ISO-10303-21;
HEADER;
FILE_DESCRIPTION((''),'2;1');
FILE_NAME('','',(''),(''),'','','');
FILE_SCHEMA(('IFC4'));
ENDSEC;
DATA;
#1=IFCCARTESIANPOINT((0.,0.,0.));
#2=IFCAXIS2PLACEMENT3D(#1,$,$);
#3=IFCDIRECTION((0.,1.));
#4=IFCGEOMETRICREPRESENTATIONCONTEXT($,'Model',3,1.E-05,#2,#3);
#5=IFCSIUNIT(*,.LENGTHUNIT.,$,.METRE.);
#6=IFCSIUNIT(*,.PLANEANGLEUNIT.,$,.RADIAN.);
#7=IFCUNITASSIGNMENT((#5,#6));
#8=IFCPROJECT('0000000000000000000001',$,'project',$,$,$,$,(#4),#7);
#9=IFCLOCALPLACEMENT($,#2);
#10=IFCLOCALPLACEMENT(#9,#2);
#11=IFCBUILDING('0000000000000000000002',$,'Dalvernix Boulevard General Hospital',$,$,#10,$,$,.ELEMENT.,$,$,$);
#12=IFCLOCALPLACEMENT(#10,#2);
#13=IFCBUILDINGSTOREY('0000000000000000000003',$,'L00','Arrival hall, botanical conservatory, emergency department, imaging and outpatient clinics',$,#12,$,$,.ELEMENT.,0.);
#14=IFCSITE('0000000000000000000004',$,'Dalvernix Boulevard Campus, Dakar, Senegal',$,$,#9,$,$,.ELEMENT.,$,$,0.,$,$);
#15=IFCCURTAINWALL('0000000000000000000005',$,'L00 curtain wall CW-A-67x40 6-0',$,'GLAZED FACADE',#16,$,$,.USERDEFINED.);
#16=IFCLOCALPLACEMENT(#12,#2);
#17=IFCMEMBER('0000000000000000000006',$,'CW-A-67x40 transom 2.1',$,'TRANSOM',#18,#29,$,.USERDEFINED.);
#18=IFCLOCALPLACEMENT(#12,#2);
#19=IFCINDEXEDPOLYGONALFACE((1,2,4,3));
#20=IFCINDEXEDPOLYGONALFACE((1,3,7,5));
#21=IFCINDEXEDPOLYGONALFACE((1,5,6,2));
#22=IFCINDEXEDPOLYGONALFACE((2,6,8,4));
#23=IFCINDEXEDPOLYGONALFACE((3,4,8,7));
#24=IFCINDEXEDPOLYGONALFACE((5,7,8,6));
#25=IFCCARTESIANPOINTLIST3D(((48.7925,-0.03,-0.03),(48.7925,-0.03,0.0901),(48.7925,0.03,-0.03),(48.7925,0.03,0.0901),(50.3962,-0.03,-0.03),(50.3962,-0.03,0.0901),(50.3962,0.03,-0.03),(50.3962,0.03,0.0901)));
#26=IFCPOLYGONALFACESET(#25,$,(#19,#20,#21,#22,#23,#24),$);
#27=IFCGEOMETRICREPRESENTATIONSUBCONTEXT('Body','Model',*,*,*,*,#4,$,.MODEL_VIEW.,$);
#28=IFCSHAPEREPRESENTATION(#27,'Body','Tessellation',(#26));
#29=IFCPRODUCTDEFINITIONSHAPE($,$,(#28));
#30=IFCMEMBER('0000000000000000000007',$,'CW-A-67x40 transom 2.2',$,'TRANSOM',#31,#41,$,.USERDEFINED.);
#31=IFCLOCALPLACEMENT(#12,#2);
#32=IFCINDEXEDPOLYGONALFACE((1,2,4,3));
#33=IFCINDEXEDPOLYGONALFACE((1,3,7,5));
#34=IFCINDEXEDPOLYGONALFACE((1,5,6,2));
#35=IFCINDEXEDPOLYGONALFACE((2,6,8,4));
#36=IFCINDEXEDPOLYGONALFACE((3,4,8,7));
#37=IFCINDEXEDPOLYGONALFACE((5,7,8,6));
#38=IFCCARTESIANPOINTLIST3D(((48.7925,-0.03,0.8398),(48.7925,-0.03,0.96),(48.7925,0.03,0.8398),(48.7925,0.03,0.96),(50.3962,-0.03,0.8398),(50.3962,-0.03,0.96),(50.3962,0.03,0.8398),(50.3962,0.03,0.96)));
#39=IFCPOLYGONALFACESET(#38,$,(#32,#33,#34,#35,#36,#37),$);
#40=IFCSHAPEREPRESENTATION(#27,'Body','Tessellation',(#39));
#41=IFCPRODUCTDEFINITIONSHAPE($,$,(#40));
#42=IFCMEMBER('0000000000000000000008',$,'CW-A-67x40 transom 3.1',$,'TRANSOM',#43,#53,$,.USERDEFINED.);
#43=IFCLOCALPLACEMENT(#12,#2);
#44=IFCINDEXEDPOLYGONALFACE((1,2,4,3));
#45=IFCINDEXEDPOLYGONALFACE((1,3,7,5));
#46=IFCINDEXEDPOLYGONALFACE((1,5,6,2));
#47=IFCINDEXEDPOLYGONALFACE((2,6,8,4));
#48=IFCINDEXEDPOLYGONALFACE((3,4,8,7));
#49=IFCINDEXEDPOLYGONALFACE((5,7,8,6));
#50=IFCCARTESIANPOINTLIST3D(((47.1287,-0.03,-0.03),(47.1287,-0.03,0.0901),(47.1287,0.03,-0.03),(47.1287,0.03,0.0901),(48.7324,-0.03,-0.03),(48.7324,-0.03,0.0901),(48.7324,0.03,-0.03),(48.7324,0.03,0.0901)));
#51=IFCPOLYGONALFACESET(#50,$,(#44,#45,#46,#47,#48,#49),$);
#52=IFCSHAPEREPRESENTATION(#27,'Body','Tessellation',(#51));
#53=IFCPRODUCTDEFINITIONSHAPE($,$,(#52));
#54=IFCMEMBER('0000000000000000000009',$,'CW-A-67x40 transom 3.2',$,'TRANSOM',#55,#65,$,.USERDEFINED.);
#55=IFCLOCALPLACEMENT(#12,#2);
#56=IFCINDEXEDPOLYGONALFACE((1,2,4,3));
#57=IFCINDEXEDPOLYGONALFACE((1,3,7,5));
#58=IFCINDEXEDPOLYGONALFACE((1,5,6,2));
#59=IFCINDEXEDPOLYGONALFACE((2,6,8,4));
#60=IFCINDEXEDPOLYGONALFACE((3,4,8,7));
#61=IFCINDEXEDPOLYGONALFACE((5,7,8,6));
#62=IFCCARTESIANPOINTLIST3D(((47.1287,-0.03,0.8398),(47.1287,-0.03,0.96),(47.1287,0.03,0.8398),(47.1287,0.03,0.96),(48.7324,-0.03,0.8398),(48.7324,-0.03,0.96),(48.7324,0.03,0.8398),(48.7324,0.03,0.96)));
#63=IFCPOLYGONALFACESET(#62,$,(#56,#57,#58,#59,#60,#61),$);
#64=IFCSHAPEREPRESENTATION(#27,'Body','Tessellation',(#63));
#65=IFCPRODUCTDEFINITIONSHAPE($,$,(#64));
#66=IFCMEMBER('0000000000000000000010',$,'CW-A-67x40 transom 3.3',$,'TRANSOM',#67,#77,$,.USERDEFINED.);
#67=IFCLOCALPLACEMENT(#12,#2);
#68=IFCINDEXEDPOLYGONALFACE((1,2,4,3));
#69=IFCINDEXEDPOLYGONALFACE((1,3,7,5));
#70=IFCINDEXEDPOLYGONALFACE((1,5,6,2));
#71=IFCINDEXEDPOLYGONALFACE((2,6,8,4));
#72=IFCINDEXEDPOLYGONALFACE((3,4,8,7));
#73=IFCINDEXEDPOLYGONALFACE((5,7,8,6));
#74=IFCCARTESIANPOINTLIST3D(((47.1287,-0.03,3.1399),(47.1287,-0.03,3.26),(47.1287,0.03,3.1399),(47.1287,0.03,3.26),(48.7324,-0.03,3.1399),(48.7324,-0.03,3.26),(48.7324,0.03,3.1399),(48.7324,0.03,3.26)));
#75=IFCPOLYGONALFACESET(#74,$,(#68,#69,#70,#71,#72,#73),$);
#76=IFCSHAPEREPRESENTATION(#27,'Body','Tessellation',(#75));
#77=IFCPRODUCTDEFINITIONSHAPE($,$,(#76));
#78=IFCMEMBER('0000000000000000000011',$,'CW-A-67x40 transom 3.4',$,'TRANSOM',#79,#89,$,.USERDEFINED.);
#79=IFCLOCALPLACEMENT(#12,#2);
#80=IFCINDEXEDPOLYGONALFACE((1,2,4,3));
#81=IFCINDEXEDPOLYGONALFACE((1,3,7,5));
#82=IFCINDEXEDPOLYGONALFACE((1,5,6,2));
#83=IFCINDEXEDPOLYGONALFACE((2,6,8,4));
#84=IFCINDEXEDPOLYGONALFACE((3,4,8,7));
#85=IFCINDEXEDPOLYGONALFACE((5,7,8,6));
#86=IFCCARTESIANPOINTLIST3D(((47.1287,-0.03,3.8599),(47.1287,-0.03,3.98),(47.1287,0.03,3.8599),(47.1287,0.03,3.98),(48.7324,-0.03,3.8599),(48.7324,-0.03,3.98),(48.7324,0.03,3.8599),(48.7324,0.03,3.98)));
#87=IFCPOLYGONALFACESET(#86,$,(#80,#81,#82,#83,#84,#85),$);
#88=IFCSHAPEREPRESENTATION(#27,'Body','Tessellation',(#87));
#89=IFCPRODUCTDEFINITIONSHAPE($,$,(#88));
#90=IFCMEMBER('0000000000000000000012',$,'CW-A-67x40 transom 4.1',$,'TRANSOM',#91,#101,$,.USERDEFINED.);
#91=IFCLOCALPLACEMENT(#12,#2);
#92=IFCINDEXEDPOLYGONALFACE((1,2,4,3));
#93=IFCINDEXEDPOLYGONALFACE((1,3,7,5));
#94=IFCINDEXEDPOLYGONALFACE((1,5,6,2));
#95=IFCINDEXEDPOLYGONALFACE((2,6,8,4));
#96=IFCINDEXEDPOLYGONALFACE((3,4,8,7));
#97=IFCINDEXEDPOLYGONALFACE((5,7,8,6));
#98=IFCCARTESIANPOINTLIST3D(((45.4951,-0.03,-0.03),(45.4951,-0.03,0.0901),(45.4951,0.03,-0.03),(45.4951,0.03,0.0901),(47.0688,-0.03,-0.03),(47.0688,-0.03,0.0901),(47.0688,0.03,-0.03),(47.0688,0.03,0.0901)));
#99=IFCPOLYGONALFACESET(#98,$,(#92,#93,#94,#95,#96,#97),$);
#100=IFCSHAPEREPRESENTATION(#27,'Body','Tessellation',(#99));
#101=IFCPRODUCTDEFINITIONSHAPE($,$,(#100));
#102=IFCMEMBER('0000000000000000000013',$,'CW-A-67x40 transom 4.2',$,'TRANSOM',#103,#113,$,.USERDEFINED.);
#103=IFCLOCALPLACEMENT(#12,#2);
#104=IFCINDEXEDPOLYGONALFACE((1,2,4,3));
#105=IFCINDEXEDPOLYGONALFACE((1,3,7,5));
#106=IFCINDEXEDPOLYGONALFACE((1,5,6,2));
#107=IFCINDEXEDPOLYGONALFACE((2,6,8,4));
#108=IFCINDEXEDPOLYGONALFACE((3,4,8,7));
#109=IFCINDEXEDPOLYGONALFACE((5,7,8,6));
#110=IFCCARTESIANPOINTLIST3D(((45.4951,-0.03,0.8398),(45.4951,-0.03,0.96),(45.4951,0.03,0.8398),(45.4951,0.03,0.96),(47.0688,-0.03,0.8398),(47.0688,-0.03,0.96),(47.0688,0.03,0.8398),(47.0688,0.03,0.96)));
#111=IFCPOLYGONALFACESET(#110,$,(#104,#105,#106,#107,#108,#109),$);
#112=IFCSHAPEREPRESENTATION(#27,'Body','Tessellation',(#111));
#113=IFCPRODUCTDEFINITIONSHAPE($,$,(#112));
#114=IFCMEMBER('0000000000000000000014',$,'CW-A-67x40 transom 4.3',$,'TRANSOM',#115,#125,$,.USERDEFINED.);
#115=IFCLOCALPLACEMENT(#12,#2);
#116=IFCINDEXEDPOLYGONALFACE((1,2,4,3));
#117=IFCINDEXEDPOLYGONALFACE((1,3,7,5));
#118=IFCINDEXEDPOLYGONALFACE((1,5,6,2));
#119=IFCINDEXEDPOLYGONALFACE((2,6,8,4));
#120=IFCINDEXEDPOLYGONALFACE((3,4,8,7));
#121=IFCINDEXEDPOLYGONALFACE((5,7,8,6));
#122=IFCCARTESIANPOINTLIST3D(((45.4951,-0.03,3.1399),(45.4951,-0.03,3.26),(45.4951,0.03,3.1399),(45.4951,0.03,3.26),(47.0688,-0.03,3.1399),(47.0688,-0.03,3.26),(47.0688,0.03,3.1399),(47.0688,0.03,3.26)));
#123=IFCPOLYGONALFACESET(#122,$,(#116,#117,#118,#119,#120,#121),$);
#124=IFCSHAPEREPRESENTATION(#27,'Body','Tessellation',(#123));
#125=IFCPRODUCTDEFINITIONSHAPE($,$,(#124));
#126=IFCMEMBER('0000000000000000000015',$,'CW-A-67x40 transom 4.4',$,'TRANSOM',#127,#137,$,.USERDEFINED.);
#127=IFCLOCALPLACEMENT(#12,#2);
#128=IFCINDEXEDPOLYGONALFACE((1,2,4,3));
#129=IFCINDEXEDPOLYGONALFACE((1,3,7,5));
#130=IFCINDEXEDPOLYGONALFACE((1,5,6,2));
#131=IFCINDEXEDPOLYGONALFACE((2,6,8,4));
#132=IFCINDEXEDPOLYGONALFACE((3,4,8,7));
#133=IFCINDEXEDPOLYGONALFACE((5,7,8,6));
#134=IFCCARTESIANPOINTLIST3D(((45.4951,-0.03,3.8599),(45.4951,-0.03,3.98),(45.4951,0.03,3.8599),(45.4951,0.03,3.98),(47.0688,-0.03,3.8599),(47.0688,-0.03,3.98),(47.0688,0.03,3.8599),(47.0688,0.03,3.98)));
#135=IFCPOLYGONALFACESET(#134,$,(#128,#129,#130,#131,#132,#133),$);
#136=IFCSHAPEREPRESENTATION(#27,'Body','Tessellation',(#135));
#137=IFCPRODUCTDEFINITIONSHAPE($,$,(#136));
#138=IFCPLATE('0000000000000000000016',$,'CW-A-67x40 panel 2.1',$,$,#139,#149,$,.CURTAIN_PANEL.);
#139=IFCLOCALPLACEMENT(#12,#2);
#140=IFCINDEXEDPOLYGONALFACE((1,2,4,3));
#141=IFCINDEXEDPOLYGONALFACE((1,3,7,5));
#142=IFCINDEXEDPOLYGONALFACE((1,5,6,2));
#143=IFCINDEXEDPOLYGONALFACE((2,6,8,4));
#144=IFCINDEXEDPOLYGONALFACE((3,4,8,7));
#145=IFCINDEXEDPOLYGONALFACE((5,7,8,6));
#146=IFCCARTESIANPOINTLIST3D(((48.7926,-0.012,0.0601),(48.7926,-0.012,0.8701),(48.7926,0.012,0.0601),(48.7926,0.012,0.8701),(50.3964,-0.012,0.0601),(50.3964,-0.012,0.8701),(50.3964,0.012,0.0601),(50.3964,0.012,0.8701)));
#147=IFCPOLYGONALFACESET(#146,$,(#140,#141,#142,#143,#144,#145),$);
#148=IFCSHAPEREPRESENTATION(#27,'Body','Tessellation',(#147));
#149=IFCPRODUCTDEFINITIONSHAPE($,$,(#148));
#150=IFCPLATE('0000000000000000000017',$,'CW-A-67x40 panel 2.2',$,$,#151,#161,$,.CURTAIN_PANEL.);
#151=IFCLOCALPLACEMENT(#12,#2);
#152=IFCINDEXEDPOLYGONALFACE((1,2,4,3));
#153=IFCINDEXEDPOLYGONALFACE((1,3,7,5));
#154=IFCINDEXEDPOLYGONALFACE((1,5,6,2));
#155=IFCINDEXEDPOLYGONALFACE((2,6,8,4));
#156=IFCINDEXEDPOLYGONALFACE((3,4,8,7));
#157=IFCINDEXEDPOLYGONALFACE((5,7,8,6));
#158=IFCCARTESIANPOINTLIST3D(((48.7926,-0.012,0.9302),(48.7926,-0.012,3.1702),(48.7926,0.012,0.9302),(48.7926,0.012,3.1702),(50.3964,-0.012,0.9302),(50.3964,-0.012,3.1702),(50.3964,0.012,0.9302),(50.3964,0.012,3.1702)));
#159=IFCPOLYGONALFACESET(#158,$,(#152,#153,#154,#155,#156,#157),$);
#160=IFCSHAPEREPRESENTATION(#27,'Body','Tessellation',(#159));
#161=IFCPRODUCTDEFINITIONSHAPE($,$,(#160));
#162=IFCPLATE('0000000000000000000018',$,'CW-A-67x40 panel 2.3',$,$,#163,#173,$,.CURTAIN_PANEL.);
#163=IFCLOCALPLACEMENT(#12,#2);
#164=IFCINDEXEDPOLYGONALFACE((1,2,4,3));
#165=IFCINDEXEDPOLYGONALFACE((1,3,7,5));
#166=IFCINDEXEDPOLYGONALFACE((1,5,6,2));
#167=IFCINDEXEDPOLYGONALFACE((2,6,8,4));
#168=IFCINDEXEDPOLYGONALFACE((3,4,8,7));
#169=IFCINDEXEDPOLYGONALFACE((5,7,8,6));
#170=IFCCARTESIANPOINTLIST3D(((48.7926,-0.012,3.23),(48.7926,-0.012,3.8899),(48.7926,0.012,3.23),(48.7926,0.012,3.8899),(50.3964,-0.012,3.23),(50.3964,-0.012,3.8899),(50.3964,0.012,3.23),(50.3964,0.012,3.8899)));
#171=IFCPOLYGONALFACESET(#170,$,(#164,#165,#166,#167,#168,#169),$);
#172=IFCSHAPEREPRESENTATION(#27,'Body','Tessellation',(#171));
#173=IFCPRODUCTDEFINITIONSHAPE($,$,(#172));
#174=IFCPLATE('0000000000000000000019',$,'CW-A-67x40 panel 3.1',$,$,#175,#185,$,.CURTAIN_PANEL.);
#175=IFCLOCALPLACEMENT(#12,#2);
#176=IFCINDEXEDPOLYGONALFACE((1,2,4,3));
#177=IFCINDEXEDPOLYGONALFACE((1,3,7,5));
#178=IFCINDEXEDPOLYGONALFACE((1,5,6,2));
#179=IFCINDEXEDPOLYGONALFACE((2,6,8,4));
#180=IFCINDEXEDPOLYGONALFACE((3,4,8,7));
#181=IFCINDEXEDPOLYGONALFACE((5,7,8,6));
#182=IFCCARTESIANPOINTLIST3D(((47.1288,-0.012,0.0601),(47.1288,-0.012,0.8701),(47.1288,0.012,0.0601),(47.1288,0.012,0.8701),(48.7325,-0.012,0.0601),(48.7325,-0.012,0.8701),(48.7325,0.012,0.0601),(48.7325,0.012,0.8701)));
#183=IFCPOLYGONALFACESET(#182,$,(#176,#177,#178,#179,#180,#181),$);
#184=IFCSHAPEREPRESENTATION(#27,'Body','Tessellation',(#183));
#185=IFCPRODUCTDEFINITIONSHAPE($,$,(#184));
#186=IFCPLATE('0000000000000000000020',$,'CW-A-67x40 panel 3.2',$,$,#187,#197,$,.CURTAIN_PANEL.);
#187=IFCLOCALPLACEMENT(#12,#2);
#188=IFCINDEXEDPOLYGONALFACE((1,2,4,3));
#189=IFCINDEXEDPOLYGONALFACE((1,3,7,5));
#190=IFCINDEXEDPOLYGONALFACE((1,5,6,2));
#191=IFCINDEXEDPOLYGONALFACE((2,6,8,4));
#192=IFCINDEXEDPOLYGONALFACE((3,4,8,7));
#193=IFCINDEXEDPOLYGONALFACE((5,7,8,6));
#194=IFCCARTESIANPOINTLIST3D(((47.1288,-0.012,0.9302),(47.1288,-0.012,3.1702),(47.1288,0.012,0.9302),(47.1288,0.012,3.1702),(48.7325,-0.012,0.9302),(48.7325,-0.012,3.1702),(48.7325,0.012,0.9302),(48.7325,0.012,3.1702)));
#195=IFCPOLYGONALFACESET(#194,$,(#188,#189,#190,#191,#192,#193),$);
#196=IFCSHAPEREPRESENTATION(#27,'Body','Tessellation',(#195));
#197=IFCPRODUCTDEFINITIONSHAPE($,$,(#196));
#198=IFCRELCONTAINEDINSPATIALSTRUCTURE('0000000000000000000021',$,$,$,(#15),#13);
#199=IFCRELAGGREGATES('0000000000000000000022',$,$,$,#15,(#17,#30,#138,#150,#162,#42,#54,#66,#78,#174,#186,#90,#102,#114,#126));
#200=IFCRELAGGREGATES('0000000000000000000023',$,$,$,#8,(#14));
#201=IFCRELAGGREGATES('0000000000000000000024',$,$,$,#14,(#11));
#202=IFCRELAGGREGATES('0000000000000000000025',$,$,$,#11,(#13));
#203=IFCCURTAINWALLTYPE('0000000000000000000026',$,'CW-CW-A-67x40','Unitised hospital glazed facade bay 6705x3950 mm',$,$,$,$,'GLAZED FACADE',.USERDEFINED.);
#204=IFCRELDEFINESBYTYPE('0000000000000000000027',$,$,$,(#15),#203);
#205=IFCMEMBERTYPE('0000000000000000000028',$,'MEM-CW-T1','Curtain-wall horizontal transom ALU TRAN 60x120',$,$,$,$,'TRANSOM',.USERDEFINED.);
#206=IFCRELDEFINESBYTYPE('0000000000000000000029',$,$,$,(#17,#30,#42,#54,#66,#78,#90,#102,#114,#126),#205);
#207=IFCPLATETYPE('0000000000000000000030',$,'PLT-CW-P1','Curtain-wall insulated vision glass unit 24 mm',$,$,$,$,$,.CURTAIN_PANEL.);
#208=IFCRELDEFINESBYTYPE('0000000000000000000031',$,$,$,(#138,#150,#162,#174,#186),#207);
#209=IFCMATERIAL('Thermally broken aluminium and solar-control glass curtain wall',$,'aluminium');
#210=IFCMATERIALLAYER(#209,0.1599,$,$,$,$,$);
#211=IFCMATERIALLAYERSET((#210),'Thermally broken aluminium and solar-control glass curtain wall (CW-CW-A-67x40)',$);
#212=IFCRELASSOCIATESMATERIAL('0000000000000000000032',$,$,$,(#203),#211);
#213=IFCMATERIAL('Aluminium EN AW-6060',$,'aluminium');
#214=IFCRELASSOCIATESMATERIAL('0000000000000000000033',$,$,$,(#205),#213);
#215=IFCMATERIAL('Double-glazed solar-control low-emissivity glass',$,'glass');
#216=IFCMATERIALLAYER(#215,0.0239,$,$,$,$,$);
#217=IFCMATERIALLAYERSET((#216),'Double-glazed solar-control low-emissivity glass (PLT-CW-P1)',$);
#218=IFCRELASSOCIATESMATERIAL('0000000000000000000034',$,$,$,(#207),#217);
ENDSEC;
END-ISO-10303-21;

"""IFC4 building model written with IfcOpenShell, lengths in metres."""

from ifc_helpers import new_model, si_unit, direction, frame, origin, origin_2d, place, context, subcontext, project, spatial, rectangle, extrude, material, layer, layer_set, material_profile, profile_set, type_object, element, aggregate, save


model = new_model("IFC4")

# Units and contexts
model_context = context("Model", 3, precision=1e-05, world=origin(), true_north=direction((0.0, 1.0)))
body_context = subcontext(model_context, "Body", "Model", "MODEL_VIEW")
ifc_project = project(units=[si_unit("LENGTHUNIT", "METRE"), si_unit("PLANEANGLEUNIT", "RADIAN")], contexts=[model_context])

# Site, building, storey
site_placement = place(None, origin())
site = spatial("IfcSite", under=ifc_project, at=site_placement, Name="Dalvernix Boulevard Campus, Dakar, Senegal", CompositionType="ELEMENT", RefElevation=0.0)
building_placement = place(site_placement, origin())
building = spatial("IfcBuilding", under=site, at=building_placement, Name="Dalvernix Boulevard General Hospital", CompositionType="ELEMENT")
storey_placement = place(building_placement, origin())
storey = spatial("IfcBuildingStorey", under=building, at=storey_placement, Name="L00", Description="Arrival hall, botanical conservatory, emergency department, imaging and outpatient clinics", CompositionType="ELEMENT", Elevation=0.0)

# Curtain wall, members, plates
ifc_material_1 = material(Name="Thermally broken aluminium and solar-control glass curtain wall", Category="aluminium")
ifc_layer_1 = layer(ifc_material_1, 0.1599)
ifc_layer_set_1 = layer_set([ifc_layer_1], Name="Thermally broken aluminium and solar-control glass curtain wall (CW-CW-A-67x40)")
curtain_wall_type = type_object("IfcCurtainWallType", Name="CW-CW-A-67x40", Description="Unitised hospital glazed facade bay 6705x3950 mm", ElementType="GLAZED FACADE", PredefinedType="USERDEFINED", material=ifc_layer_set_1)
curtain_wall_placement = place(storey_placement, origin())
curtain_wall = element("IfcCurtainWall", 1, at=curtain_wall_placement, inside=storey, type_object=curtain_wall_type, Name="L00 curtain wall CW-A-67x40 6-0", ObjectType="GLAZED FACADE", PredefinedType="USERDEFINED")
ifc_material_2 = material(Name="Aluminium EN AW-6060", Category="aluminium")
ifc_material_profile_1 = material_profile(ifc_material_2, rectangle(XDim=0.0601, YDim=0.1201, at=origin_2d()), Name="ALU TRAN 60x120")
ifc_profile_set_1 = profile_set([ifc_material_profile_1], Name="Aluminium EN AW-6060")
member_type_1 = type_object("IfcMemberType", Name="MEM-CW-T1", Description="Curtain-wall horizontal transom ALU TRAN 60x120", ElementType="TRANSOM", PredefinedType="USERDEFINED", material=ifc_profile_set_1)
member_1_placement = place(storey_placement, frame((50.3962, 0.0, 0.03), z_axis=(-1.0, 0.0, 0.0), x_axis=(0.0, -1.0, 0.0)))
member_1 = element("IfcMember", 2, at=member_1_placement, type_object=member_type_1, Name="CW-A-67x40 transom 2.1", ObjectType="TRANSOM", PredefinedType="USERDEFINED", context=body_context, shape_type="SweptSolid", body=[
    extrude(rectangle(XDim=0.0601, YDim=0.1201, at=origin_2d()), origin(), (0.0, 0.0, 1.0), 1.6038),
])
member_2_placement = place(storey_placement, frame((50.3962, 0.0, 0.8999), z_axis=(-1.0, 0.0, 0.0), x_axis=(0.0, -1.0, 0.0)))
member_2 = element("IfcMember", 3, at=member_2_placement, type_object=member_type_1, Name="CW-A-67x40 transom 2.2", ObjectType="TRANSOM", PredefinedType="USERDEFINED", context=body_context, shape_type="SweptSolid", body=[
    extrude(rectangle(XDim=0.0601, YDim=0.1201, at=origin_2d()), origin(), (0.0, 0.0, 1.0), 1.6038),
])
member_3_placement = place(storey_placement, frame((48.7324, 0.0, 0.03), z_axis=(-1.0, 0.0, 0.0), x_axis=(0.0, -1.0, 0.0)))
member_3 = element("IfcMember", 4, at=member_3_placement, type_object=member_type_1, Name="CW-A-67x40 transom 3.1", ObjectType="TRANSOM", PredefinedType="USERDEFINED", context=body_context, shape_type="SweptSolid", body=[
    extrude(rectangle(XDim=0.0601, YDim=0.1201, at=origin_2d()), origin(), (0.0, 0.0, 1.0), 1.6038),
])
member_4_placement = place(storey_placement, frame((48.7324, 0.0, 0.8999), z_axis=(-1.0, 0.0, 0.0), x_axis=(0.0, -1.0, 0.0)))
member_4 = element("IfcMember", 5, at=member_4_placement, type_object=member_type_1, Name="CW-A-67x40 transom 3.2", ObjectType="TRANSOM", PredefinedType="USERDEFINED", context=body_context, shape_type="SweptSolid", body=[
    extrude(rectangle(XDim=0.0601, YDim=0.1201, at=origin_2d()), origin(), (0.0, 0.0, 1.0), 1.6038),
])
member_5_placement = place(storey_placement, frame((48.7324, 0.0, 3.2), z_axis=(-1.0, 0.0, 0.0), x_axis=(0.0, -1.0, 0.0)))
member_5 = element("IfcMember", 6, at=member_5_placement, type_object=member_type_1, Name="CW-A-67x40 transom 3.3", ObjectType="TRANSOM", PredefinedType="USERDEFINED", context=body_context, shape_type="SweptSolid", body=[
    extrude(rectangle(XDim=0.0601, YDim=0.1201, at=origin_2d()), origin(), (0.0, 0.0, 1.0), 1.6038),
])
member_6_placement = place(storey_placement, frame((48.7324, 0.0, 3.9199), z_axis=(-1.0, 0.0, 0.0), x_axis=(0.0, -1.0, 0.0)))
member_6 = element("IfcMember", 7, at=member_6_placement, type_object=member_type_1, Name="CW-A-67x40 transom 3.4", ObjectType="TRANSOM", PredefinedType="USERDEFINED", context=body_context, shape_type="SweptSolid", body=[
    extrude(rectangle(XDim=0.0601, YDim=0.1201, at=origin_2d()), origin(), (0.0, 0.0, 1.0), 1.6038),
])
member_7_placement = place(storey_placement, frame((47.0688, 0.0, 0.03), z_axis=(-1.0, 0.0, 0.0), x_axis=(0.0, -1.0, 0.0)))
member_7 = element("IfcMember", 8, at=member_7_placement, type_object=member_type_1, Name="CW-A-67x40 transom 4.1", ObjectType="TRANSOM", PredefinedType="USERDEFINED", context=body_context, shape_type="SweptSolid", body=[
    extrude(rectangle(XDim=0.0601, YDim=0.1201, at=origin_2d()), origin(), (0.0, 0.0, 1.0), 1.5737),
])
member_8_placement = place(storey_placement, frame((47.0688, 0.0, 0.8999), z_axis=(-1.0, 0.0, 0.0), x_axis=(0.0, -1.0, 0.0)))
member_8 = element("IfcMember", 9, at=member_8_placement, type_object=member_type_1, Name="CW-A-67x40 transom 4.2", ObjectType="TRANSOM", PredefinedType="USERDEFINED", context=body_context, shape_type="SweptSolid", body=[
    extrude(rectangle(XDim=0.0601, YDim=0.1201, at=origin_2d()), origin(), (0.0, 0.0, 1.0), 1.5737),
])
member_9_placement = place(storey_placement, frame((47.0688, 0.0, 3.2), z_axis=(-1.0, 0.0, 0.0), x_axis=(0.0, -1.0, 0.0)))
member_9 = element("IfcMember", 10, at=member_9_placement, type_object=member_type_1, Name="CW-A-67x40 transom 4.3", ObjectType="TRANSOM", PredefinedType="USERDEFINED", context=body_context, shape_type="SweptSolid", body=[
    extrude(rectangle(XDim=0.0601, YDim=0.1201, at=origin_2d()), origin(), (0.0, 0.0, 1.0), 1.5737),
])
member_10_placement = place(storey_placement, frame((47.0688, 0.0, 3.9199), z_axis=(-1.0, 0.0, 0.0), x_axis=(0.0, -1.0, 0.0)))
member_10 = element("IfcMember", 11, at=member_10_placement, type_object=member_type_1, Name="CW-A-67x40 transom 4.4", ObjectType="TRANSOM", PredefinedType="USERDEFINED", context=body_context, shape_type="SweptSolid", body=[
    extrude(rectangle(XDim=0.0601, YDim=0.1201, at=origin_2d()), origin(), (0.0, 0.0, 1.0), 1.5737),
])
ifc_material_3 = material(Name="Double-glazed solar-control low-emissivity glass", Category="glass")
ifc_layer_2 = layer(ifc_material_3, 0.0239)
ifc_layer_set_2 = layer_set([ifc_layer_2], Name="Double-glazed solar-control low-emissivity glass (PLT-CW-P1)")
plate_type = type_object("IfcPlateType", Name="PLT-CW-P1", Description="Curtain-wall insulated vision glass unit 24 mm", PredefinedType="CURTAIN_PANEL", material=ifc_layer_set_2)
plate_1_placement = place(storey_placement, frame((49.5945, 0.0, 0.0601), z_axis=(0.0, 0.0, 1.0), x_axis=(-1.0, 0.0, 0.0)))
plate_1 = element("IfcPlate", 12, at=plate_1_placement, type_object=plate_type, Name="CW-A-67x40 panel 2.1", PredefinedType="CURTAIN_PANEL", context=body_context, shape_type="SweptSolid", body=[
    extrude(rectangle(XDim=1.6038, YDim=0.0239, at=origin_2d()), origin(), (0.0, 0.0, 1.0), 0.8101),
])
plate_2_placement = place(storey_placement, frame((49.5945, 0.0, 0.9302), z_axis=(0.0, 0.0, 1.0), x_axis=(-1.0, 0.0, 0.0)))
plate_2 = element("IfcPlate", 13, at=plate_2_placement, type_object=plate_type, Name="CW-A-67x40 panel 2.2", PredefinedType="CURTAIN_PANEL", context=body_context, shape_type="SweptSolid", body=[
    extrude(rectangle(XDim=1.6038, YDim=0.0239, at=origin_2d()), origin(), (0.0, 0.0, 1.0), 2.24),
])
plate_3_placement = place(storey_placement, frame((49.5945, 0.0, 3.23), z_axis=(0.0, 0.0, 1.0), x_axis=(-1.0, 0.0, 0.0)))
plate_3 = element("IfcPlate", 14, at=plate_3_placement, type_object=plate_type, Name="CW-A-67x40 panel 2.3", PredefinedType="CURTAIN_PANEL", context=body_context, shape_type="SweptSolid", body=[
    extrude(rectangle(XDim=1.6038, YDim=0.0239, at=origin_2d()), origin(), (0.0, 0.0, 1.0), 0.6599),
])
plate_4_placement = place(storey_placement, frame((47.9307, 0.0, 0.0601), z_axis=(0.0, 0.0, 1.0), x_axis=(-1.0, 0.0, 0.0)))
plate_4 = element("IfcPlate", 15, at=plate_4_placement, type_object=plate_type, Name="CW-A-67x40 panel 3.1", PredefinedType="CURTAIN_PANEL", context=body_context, shape_type="SweptSolid", body=[
    extrude(rectangle(XDim=1.6038, YDim=0.0239, at=origin_2d()), origin(), (0.0, 0.0, 1.0), 0.8101),
])
plate_5_placement = place(storey_placement, frame((47.9307, 0.0, 0.9302), z_axis=(0.0, 0.0, 1.0), x_axis=(-1.0, 0.0, 0.0)))
plate_5 = element("IfcPlate", 16, at=plate_5_placement, type_object=plate_type, Name="CW-A-67x40 panel 3.2", PredefinedType="CURTAIN_PANEL", context=body_context, shape_type="SweptSolid", body=[
    extrude(rectangle(XDim=1.6038, YDim=0.0239, at=origin_2d()), origin(), (0.0, 0.0, 1.0), 2.24),
])
aggregate(curtain_wall, [member_1, member_2, plate_1, plate_2, plate_3, member_3, member_4, member_5, member_6, plate_4, plate_5, member_7, member_8, member_9, member_10])

save(model, "model.ifc")
